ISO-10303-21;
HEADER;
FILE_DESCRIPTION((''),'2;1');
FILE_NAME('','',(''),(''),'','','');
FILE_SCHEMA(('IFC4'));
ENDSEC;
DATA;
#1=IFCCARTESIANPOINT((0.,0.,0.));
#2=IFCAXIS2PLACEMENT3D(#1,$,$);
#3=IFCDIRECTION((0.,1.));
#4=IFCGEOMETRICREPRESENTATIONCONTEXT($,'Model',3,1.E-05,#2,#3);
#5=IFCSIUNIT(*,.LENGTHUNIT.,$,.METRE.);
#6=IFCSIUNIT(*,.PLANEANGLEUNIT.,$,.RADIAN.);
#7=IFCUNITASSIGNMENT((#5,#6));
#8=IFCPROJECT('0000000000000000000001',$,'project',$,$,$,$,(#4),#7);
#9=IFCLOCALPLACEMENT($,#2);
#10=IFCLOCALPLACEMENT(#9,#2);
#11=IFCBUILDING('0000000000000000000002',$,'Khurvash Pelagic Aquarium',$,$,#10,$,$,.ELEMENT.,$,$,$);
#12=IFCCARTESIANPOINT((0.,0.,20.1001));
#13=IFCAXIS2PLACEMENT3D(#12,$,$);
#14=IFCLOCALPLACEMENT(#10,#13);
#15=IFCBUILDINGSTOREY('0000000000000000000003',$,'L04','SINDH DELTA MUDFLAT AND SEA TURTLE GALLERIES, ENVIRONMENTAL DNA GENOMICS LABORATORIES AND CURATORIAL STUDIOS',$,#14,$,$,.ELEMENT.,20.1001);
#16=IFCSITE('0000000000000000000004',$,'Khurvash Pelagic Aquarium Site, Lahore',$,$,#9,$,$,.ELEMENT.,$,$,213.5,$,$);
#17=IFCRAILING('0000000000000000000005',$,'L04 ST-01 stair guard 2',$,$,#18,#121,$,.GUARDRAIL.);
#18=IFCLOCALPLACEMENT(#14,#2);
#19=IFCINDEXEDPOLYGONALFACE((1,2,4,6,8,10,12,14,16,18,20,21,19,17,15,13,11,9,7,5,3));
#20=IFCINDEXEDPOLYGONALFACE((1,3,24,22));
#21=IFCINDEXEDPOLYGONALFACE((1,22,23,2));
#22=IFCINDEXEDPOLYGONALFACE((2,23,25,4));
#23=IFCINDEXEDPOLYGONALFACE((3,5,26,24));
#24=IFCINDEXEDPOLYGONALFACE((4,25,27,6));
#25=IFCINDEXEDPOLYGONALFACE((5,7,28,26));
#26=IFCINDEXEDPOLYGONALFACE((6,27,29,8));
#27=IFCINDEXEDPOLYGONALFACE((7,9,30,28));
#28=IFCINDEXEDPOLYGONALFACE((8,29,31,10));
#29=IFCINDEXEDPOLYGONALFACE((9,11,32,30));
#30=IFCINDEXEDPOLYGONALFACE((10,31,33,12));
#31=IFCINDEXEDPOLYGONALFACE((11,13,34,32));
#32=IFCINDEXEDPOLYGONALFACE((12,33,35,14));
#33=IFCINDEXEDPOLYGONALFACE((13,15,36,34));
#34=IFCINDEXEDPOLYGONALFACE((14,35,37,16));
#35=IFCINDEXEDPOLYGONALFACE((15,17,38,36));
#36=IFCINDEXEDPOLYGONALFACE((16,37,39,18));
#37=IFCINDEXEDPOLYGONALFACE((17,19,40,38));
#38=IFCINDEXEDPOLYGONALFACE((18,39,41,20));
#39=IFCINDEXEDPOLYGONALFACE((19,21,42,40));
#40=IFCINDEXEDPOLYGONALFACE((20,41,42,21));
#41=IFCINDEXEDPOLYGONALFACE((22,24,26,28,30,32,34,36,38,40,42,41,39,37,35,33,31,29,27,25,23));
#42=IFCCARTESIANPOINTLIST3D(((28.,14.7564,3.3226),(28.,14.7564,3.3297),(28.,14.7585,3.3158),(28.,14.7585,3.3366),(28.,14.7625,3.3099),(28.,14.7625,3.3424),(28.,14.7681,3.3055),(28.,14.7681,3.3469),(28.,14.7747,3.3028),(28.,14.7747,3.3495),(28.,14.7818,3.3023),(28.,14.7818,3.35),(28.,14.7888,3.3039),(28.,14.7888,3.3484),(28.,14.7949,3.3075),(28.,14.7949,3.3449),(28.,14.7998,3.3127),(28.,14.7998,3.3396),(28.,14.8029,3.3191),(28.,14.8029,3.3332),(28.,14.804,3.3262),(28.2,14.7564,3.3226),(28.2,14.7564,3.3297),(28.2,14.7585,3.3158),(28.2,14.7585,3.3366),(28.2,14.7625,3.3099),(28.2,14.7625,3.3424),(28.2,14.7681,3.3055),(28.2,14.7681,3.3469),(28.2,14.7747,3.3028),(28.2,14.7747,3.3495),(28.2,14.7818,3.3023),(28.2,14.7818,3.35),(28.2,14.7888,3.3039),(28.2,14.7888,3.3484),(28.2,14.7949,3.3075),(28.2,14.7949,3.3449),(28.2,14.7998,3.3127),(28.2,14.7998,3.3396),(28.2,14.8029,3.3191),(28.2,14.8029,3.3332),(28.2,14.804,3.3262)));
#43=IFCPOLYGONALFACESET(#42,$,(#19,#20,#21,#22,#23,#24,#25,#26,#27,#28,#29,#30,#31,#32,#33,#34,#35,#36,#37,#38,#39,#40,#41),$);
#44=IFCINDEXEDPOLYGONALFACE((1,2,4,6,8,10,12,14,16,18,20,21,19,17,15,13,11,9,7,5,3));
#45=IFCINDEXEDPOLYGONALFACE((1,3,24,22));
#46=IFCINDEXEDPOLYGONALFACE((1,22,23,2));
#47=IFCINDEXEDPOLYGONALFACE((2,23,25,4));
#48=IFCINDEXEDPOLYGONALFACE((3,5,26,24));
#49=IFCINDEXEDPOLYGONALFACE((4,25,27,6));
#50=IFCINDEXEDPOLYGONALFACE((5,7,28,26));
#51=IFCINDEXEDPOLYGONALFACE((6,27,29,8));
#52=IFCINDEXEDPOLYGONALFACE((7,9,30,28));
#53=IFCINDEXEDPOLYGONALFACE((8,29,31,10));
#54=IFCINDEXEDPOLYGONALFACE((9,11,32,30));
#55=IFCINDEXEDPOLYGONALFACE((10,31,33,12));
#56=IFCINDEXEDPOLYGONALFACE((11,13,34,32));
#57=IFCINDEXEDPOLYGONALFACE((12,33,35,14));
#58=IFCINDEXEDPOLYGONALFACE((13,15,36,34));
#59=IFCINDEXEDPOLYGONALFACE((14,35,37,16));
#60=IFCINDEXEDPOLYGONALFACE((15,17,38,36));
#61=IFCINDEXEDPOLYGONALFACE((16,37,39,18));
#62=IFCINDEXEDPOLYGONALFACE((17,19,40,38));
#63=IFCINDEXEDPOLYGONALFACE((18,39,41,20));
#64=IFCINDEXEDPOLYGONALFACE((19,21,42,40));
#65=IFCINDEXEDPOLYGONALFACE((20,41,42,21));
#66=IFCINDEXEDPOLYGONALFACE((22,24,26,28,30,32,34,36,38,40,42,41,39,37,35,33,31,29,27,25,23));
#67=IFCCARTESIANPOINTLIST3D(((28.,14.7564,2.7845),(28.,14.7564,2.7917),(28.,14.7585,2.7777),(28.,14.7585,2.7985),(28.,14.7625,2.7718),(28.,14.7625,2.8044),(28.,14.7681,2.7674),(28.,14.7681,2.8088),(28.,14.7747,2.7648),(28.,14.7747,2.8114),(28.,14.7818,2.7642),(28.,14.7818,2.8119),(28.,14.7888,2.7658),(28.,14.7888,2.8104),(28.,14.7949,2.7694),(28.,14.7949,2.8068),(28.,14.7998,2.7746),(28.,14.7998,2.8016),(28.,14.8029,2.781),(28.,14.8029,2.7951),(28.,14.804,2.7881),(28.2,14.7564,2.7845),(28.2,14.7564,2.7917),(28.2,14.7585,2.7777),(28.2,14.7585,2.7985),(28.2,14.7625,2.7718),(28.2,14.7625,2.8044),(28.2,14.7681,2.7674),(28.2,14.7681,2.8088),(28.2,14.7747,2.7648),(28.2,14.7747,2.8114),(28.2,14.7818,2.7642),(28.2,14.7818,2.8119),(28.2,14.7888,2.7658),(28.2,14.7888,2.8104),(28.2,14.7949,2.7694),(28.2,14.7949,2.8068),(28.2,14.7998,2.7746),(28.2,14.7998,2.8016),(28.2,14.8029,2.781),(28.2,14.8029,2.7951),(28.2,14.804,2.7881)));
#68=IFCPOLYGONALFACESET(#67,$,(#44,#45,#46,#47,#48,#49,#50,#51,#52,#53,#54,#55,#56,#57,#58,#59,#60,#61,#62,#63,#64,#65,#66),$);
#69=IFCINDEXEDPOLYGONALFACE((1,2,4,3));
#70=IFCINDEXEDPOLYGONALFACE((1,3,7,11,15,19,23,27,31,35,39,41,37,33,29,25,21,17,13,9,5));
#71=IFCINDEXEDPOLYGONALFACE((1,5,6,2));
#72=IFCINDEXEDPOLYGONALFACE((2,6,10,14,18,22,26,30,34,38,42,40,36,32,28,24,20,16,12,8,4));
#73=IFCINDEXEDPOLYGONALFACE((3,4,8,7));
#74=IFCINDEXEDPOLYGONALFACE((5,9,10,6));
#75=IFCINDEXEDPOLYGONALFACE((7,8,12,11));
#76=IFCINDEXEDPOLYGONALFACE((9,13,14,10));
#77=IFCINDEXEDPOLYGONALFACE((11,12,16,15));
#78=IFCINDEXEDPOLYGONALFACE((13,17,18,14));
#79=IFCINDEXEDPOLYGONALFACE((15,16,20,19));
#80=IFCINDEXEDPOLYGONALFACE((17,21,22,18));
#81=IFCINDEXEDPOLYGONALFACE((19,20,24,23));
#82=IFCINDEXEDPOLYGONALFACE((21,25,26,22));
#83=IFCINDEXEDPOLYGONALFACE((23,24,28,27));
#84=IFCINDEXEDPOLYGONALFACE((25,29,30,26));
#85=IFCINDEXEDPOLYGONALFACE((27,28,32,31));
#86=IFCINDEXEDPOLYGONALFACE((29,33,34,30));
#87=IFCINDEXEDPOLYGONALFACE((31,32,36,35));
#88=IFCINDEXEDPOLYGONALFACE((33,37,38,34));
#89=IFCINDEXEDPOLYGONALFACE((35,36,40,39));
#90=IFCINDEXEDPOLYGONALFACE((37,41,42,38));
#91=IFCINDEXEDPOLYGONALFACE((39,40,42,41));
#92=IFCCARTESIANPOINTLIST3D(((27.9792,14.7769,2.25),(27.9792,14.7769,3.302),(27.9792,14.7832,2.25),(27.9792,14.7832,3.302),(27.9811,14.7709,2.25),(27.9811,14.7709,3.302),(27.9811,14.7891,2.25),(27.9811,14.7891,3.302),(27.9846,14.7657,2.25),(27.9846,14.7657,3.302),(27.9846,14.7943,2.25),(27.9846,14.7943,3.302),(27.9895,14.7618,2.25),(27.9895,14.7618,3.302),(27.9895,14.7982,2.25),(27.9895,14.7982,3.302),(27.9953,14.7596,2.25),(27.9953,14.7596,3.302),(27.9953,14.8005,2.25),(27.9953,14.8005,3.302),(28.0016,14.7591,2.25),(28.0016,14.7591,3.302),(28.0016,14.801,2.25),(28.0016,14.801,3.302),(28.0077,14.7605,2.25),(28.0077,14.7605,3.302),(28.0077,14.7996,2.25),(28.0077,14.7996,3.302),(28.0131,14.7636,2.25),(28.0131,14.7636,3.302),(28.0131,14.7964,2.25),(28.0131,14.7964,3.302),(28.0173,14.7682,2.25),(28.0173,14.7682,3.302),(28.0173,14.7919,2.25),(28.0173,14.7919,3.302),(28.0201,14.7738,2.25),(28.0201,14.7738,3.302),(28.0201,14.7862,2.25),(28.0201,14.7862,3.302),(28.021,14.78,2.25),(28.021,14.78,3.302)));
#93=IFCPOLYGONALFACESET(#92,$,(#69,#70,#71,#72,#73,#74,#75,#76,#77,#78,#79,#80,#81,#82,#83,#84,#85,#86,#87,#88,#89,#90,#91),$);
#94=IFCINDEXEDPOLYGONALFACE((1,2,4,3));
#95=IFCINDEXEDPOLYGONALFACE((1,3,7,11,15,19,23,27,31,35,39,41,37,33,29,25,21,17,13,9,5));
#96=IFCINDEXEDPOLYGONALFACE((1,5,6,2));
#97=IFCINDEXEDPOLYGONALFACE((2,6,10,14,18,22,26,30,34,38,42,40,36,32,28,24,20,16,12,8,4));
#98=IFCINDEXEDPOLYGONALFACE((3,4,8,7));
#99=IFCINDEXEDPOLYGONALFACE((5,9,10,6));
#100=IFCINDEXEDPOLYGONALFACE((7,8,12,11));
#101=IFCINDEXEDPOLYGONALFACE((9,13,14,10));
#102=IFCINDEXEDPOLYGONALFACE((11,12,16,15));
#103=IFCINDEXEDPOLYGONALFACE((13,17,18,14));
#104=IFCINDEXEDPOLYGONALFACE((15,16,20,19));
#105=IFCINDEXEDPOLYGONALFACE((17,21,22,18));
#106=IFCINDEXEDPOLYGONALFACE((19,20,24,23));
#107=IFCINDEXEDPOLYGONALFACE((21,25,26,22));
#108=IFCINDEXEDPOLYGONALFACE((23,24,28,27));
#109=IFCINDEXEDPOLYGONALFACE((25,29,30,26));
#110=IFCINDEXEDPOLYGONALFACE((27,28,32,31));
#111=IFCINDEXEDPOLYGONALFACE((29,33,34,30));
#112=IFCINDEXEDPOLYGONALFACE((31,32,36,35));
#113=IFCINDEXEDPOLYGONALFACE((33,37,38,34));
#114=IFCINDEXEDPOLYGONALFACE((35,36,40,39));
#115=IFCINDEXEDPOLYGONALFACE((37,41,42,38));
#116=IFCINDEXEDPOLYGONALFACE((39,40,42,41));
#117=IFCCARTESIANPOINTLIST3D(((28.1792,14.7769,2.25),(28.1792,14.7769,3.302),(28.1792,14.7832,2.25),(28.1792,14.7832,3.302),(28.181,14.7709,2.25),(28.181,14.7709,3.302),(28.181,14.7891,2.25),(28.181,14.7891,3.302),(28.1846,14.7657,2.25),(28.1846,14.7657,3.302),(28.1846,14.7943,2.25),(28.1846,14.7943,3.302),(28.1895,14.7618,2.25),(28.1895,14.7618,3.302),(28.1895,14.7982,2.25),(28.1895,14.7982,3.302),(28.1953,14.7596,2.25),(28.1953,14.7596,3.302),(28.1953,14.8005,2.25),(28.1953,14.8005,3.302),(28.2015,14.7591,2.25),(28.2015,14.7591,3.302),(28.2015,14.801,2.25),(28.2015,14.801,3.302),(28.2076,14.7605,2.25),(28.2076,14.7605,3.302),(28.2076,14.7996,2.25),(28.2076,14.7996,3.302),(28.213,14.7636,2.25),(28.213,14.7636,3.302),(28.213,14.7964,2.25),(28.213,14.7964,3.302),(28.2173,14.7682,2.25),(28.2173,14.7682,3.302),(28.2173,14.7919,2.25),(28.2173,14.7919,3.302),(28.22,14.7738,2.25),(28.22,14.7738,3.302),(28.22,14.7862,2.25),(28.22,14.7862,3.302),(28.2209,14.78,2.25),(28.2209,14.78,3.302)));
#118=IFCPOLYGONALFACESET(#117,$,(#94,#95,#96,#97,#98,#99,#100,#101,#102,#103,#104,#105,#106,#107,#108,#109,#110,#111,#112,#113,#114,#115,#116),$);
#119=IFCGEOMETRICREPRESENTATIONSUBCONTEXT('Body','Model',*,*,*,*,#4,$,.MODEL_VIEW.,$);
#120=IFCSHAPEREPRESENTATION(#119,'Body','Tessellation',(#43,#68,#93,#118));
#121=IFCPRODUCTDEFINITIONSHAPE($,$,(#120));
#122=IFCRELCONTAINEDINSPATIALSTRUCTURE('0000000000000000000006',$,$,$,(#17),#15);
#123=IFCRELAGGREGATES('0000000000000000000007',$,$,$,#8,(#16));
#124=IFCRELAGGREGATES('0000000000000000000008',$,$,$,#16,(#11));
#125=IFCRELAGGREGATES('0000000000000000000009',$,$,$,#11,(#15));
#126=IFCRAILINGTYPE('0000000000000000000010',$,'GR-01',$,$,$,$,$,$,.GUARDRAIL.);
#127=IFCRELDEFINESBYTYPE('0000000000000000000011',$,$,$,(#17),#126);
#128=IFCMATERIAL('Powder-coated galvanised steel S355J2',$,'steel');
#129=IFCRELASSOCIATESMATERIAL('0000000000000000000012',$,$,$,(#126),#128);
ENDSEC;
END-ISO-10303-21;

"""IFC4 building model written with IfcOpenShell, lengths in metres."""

from ifc_helpers import new_model, si_unit, direction, frame, origin, origin_2d, place, context, subcontext, project, spatial, circle, extrude, material, type_object, element, save


model = new_model("IFC4")

# Units and contexts
model_context = context("Model", 3, precision=1e-05, world=origin(), true_north=direction((0.0, 1.0)))
body_context = subcontext(model_context, "Body", "Model", "MODEL_VIEW")
ifc_project = project(units=[si_unit("LENGTHUNIT", "METRE"), si_unit("PLANEANGLEUNIT", "RADIAN")], contexts=[model_context])

# Site, building, storey
site_placement = place(None, origin())
site = spatial("IfcSite", under=ifc_project, at=site_placement, Name="Khurvash Pelagic Aquarium Site, Lahore", CompositionType="ELEMENT", RefElevation=213.5)
building_placement = place(site_placement, origin())
building = spatial("IfcBuilding", under=site, at=building_placement, Name="Khurvash Pelagic Aquarium", CompositionType="ELEMENT")
storey_placement = place(building_placement, frame((0.0, 0.0, 20.1001)))
storey = spatial("IfcBuildingStorey", under=building, at=storey_placement, Name="L04", Description="SINDH DELTA MUDFLAT AND SEA TURTLE GALLERIES, ENVIRONMENTAL DNA GENOMICS LABORATORIES AND CURATORIAL STUDIOS", CompositionType="ELEMENT", Elevation=20.1001)

# Railing
ifc_material_1 = material(Name="Powder-coated galvanised steel S355J2", Category="steel")
railing_type_1 = type_object("IfcRailingType", Name="GR-01", PredefinedType="GUARDRAIL", material=ifc_material_1)
railing_1_placement = place(storey_placement, frame((28.0, 14.78, 2.25)))
element("IfcRailing", 1, at=railing_1_placement, inside=storey, type_object=railing_type_1, Name="L04 ST-01 stair guard 2", PredefinedType="GUARDRAIL", context=body_context, shape_type="SweptSolid", body=[
    extrude(circle(Radius=0.0239, at=origin_2d()), frame((0.0, 0.0, 1.0762), z_axis=(1.0, 0.0, 0.0), x_axis=(0.0, 1.0, 0.0)), (0.0, 0.0, 1.0), 0.2),
    extrude(circle(Radius=0.0239, at=origin_2d()), frame((0.0, 0.0, 0.5381), z_axis=(1.0, 0.0, 0.0), x_axis=(0.0, 1.0, 0.0)), (0.0, 0.0, 1.0), 0.2),
    extrude(circle(Radius=0.021, at=origin_2d()), origin(), (0.0, 0.0, 1.0), 1.052),
    extrude(circle(Radius=0.021, at=origin_2d()), frame((0.2, 0.0, 0.0)), (0.0, 0.0, 1.0), 1.052),
])

save(model, "model.ifc")
